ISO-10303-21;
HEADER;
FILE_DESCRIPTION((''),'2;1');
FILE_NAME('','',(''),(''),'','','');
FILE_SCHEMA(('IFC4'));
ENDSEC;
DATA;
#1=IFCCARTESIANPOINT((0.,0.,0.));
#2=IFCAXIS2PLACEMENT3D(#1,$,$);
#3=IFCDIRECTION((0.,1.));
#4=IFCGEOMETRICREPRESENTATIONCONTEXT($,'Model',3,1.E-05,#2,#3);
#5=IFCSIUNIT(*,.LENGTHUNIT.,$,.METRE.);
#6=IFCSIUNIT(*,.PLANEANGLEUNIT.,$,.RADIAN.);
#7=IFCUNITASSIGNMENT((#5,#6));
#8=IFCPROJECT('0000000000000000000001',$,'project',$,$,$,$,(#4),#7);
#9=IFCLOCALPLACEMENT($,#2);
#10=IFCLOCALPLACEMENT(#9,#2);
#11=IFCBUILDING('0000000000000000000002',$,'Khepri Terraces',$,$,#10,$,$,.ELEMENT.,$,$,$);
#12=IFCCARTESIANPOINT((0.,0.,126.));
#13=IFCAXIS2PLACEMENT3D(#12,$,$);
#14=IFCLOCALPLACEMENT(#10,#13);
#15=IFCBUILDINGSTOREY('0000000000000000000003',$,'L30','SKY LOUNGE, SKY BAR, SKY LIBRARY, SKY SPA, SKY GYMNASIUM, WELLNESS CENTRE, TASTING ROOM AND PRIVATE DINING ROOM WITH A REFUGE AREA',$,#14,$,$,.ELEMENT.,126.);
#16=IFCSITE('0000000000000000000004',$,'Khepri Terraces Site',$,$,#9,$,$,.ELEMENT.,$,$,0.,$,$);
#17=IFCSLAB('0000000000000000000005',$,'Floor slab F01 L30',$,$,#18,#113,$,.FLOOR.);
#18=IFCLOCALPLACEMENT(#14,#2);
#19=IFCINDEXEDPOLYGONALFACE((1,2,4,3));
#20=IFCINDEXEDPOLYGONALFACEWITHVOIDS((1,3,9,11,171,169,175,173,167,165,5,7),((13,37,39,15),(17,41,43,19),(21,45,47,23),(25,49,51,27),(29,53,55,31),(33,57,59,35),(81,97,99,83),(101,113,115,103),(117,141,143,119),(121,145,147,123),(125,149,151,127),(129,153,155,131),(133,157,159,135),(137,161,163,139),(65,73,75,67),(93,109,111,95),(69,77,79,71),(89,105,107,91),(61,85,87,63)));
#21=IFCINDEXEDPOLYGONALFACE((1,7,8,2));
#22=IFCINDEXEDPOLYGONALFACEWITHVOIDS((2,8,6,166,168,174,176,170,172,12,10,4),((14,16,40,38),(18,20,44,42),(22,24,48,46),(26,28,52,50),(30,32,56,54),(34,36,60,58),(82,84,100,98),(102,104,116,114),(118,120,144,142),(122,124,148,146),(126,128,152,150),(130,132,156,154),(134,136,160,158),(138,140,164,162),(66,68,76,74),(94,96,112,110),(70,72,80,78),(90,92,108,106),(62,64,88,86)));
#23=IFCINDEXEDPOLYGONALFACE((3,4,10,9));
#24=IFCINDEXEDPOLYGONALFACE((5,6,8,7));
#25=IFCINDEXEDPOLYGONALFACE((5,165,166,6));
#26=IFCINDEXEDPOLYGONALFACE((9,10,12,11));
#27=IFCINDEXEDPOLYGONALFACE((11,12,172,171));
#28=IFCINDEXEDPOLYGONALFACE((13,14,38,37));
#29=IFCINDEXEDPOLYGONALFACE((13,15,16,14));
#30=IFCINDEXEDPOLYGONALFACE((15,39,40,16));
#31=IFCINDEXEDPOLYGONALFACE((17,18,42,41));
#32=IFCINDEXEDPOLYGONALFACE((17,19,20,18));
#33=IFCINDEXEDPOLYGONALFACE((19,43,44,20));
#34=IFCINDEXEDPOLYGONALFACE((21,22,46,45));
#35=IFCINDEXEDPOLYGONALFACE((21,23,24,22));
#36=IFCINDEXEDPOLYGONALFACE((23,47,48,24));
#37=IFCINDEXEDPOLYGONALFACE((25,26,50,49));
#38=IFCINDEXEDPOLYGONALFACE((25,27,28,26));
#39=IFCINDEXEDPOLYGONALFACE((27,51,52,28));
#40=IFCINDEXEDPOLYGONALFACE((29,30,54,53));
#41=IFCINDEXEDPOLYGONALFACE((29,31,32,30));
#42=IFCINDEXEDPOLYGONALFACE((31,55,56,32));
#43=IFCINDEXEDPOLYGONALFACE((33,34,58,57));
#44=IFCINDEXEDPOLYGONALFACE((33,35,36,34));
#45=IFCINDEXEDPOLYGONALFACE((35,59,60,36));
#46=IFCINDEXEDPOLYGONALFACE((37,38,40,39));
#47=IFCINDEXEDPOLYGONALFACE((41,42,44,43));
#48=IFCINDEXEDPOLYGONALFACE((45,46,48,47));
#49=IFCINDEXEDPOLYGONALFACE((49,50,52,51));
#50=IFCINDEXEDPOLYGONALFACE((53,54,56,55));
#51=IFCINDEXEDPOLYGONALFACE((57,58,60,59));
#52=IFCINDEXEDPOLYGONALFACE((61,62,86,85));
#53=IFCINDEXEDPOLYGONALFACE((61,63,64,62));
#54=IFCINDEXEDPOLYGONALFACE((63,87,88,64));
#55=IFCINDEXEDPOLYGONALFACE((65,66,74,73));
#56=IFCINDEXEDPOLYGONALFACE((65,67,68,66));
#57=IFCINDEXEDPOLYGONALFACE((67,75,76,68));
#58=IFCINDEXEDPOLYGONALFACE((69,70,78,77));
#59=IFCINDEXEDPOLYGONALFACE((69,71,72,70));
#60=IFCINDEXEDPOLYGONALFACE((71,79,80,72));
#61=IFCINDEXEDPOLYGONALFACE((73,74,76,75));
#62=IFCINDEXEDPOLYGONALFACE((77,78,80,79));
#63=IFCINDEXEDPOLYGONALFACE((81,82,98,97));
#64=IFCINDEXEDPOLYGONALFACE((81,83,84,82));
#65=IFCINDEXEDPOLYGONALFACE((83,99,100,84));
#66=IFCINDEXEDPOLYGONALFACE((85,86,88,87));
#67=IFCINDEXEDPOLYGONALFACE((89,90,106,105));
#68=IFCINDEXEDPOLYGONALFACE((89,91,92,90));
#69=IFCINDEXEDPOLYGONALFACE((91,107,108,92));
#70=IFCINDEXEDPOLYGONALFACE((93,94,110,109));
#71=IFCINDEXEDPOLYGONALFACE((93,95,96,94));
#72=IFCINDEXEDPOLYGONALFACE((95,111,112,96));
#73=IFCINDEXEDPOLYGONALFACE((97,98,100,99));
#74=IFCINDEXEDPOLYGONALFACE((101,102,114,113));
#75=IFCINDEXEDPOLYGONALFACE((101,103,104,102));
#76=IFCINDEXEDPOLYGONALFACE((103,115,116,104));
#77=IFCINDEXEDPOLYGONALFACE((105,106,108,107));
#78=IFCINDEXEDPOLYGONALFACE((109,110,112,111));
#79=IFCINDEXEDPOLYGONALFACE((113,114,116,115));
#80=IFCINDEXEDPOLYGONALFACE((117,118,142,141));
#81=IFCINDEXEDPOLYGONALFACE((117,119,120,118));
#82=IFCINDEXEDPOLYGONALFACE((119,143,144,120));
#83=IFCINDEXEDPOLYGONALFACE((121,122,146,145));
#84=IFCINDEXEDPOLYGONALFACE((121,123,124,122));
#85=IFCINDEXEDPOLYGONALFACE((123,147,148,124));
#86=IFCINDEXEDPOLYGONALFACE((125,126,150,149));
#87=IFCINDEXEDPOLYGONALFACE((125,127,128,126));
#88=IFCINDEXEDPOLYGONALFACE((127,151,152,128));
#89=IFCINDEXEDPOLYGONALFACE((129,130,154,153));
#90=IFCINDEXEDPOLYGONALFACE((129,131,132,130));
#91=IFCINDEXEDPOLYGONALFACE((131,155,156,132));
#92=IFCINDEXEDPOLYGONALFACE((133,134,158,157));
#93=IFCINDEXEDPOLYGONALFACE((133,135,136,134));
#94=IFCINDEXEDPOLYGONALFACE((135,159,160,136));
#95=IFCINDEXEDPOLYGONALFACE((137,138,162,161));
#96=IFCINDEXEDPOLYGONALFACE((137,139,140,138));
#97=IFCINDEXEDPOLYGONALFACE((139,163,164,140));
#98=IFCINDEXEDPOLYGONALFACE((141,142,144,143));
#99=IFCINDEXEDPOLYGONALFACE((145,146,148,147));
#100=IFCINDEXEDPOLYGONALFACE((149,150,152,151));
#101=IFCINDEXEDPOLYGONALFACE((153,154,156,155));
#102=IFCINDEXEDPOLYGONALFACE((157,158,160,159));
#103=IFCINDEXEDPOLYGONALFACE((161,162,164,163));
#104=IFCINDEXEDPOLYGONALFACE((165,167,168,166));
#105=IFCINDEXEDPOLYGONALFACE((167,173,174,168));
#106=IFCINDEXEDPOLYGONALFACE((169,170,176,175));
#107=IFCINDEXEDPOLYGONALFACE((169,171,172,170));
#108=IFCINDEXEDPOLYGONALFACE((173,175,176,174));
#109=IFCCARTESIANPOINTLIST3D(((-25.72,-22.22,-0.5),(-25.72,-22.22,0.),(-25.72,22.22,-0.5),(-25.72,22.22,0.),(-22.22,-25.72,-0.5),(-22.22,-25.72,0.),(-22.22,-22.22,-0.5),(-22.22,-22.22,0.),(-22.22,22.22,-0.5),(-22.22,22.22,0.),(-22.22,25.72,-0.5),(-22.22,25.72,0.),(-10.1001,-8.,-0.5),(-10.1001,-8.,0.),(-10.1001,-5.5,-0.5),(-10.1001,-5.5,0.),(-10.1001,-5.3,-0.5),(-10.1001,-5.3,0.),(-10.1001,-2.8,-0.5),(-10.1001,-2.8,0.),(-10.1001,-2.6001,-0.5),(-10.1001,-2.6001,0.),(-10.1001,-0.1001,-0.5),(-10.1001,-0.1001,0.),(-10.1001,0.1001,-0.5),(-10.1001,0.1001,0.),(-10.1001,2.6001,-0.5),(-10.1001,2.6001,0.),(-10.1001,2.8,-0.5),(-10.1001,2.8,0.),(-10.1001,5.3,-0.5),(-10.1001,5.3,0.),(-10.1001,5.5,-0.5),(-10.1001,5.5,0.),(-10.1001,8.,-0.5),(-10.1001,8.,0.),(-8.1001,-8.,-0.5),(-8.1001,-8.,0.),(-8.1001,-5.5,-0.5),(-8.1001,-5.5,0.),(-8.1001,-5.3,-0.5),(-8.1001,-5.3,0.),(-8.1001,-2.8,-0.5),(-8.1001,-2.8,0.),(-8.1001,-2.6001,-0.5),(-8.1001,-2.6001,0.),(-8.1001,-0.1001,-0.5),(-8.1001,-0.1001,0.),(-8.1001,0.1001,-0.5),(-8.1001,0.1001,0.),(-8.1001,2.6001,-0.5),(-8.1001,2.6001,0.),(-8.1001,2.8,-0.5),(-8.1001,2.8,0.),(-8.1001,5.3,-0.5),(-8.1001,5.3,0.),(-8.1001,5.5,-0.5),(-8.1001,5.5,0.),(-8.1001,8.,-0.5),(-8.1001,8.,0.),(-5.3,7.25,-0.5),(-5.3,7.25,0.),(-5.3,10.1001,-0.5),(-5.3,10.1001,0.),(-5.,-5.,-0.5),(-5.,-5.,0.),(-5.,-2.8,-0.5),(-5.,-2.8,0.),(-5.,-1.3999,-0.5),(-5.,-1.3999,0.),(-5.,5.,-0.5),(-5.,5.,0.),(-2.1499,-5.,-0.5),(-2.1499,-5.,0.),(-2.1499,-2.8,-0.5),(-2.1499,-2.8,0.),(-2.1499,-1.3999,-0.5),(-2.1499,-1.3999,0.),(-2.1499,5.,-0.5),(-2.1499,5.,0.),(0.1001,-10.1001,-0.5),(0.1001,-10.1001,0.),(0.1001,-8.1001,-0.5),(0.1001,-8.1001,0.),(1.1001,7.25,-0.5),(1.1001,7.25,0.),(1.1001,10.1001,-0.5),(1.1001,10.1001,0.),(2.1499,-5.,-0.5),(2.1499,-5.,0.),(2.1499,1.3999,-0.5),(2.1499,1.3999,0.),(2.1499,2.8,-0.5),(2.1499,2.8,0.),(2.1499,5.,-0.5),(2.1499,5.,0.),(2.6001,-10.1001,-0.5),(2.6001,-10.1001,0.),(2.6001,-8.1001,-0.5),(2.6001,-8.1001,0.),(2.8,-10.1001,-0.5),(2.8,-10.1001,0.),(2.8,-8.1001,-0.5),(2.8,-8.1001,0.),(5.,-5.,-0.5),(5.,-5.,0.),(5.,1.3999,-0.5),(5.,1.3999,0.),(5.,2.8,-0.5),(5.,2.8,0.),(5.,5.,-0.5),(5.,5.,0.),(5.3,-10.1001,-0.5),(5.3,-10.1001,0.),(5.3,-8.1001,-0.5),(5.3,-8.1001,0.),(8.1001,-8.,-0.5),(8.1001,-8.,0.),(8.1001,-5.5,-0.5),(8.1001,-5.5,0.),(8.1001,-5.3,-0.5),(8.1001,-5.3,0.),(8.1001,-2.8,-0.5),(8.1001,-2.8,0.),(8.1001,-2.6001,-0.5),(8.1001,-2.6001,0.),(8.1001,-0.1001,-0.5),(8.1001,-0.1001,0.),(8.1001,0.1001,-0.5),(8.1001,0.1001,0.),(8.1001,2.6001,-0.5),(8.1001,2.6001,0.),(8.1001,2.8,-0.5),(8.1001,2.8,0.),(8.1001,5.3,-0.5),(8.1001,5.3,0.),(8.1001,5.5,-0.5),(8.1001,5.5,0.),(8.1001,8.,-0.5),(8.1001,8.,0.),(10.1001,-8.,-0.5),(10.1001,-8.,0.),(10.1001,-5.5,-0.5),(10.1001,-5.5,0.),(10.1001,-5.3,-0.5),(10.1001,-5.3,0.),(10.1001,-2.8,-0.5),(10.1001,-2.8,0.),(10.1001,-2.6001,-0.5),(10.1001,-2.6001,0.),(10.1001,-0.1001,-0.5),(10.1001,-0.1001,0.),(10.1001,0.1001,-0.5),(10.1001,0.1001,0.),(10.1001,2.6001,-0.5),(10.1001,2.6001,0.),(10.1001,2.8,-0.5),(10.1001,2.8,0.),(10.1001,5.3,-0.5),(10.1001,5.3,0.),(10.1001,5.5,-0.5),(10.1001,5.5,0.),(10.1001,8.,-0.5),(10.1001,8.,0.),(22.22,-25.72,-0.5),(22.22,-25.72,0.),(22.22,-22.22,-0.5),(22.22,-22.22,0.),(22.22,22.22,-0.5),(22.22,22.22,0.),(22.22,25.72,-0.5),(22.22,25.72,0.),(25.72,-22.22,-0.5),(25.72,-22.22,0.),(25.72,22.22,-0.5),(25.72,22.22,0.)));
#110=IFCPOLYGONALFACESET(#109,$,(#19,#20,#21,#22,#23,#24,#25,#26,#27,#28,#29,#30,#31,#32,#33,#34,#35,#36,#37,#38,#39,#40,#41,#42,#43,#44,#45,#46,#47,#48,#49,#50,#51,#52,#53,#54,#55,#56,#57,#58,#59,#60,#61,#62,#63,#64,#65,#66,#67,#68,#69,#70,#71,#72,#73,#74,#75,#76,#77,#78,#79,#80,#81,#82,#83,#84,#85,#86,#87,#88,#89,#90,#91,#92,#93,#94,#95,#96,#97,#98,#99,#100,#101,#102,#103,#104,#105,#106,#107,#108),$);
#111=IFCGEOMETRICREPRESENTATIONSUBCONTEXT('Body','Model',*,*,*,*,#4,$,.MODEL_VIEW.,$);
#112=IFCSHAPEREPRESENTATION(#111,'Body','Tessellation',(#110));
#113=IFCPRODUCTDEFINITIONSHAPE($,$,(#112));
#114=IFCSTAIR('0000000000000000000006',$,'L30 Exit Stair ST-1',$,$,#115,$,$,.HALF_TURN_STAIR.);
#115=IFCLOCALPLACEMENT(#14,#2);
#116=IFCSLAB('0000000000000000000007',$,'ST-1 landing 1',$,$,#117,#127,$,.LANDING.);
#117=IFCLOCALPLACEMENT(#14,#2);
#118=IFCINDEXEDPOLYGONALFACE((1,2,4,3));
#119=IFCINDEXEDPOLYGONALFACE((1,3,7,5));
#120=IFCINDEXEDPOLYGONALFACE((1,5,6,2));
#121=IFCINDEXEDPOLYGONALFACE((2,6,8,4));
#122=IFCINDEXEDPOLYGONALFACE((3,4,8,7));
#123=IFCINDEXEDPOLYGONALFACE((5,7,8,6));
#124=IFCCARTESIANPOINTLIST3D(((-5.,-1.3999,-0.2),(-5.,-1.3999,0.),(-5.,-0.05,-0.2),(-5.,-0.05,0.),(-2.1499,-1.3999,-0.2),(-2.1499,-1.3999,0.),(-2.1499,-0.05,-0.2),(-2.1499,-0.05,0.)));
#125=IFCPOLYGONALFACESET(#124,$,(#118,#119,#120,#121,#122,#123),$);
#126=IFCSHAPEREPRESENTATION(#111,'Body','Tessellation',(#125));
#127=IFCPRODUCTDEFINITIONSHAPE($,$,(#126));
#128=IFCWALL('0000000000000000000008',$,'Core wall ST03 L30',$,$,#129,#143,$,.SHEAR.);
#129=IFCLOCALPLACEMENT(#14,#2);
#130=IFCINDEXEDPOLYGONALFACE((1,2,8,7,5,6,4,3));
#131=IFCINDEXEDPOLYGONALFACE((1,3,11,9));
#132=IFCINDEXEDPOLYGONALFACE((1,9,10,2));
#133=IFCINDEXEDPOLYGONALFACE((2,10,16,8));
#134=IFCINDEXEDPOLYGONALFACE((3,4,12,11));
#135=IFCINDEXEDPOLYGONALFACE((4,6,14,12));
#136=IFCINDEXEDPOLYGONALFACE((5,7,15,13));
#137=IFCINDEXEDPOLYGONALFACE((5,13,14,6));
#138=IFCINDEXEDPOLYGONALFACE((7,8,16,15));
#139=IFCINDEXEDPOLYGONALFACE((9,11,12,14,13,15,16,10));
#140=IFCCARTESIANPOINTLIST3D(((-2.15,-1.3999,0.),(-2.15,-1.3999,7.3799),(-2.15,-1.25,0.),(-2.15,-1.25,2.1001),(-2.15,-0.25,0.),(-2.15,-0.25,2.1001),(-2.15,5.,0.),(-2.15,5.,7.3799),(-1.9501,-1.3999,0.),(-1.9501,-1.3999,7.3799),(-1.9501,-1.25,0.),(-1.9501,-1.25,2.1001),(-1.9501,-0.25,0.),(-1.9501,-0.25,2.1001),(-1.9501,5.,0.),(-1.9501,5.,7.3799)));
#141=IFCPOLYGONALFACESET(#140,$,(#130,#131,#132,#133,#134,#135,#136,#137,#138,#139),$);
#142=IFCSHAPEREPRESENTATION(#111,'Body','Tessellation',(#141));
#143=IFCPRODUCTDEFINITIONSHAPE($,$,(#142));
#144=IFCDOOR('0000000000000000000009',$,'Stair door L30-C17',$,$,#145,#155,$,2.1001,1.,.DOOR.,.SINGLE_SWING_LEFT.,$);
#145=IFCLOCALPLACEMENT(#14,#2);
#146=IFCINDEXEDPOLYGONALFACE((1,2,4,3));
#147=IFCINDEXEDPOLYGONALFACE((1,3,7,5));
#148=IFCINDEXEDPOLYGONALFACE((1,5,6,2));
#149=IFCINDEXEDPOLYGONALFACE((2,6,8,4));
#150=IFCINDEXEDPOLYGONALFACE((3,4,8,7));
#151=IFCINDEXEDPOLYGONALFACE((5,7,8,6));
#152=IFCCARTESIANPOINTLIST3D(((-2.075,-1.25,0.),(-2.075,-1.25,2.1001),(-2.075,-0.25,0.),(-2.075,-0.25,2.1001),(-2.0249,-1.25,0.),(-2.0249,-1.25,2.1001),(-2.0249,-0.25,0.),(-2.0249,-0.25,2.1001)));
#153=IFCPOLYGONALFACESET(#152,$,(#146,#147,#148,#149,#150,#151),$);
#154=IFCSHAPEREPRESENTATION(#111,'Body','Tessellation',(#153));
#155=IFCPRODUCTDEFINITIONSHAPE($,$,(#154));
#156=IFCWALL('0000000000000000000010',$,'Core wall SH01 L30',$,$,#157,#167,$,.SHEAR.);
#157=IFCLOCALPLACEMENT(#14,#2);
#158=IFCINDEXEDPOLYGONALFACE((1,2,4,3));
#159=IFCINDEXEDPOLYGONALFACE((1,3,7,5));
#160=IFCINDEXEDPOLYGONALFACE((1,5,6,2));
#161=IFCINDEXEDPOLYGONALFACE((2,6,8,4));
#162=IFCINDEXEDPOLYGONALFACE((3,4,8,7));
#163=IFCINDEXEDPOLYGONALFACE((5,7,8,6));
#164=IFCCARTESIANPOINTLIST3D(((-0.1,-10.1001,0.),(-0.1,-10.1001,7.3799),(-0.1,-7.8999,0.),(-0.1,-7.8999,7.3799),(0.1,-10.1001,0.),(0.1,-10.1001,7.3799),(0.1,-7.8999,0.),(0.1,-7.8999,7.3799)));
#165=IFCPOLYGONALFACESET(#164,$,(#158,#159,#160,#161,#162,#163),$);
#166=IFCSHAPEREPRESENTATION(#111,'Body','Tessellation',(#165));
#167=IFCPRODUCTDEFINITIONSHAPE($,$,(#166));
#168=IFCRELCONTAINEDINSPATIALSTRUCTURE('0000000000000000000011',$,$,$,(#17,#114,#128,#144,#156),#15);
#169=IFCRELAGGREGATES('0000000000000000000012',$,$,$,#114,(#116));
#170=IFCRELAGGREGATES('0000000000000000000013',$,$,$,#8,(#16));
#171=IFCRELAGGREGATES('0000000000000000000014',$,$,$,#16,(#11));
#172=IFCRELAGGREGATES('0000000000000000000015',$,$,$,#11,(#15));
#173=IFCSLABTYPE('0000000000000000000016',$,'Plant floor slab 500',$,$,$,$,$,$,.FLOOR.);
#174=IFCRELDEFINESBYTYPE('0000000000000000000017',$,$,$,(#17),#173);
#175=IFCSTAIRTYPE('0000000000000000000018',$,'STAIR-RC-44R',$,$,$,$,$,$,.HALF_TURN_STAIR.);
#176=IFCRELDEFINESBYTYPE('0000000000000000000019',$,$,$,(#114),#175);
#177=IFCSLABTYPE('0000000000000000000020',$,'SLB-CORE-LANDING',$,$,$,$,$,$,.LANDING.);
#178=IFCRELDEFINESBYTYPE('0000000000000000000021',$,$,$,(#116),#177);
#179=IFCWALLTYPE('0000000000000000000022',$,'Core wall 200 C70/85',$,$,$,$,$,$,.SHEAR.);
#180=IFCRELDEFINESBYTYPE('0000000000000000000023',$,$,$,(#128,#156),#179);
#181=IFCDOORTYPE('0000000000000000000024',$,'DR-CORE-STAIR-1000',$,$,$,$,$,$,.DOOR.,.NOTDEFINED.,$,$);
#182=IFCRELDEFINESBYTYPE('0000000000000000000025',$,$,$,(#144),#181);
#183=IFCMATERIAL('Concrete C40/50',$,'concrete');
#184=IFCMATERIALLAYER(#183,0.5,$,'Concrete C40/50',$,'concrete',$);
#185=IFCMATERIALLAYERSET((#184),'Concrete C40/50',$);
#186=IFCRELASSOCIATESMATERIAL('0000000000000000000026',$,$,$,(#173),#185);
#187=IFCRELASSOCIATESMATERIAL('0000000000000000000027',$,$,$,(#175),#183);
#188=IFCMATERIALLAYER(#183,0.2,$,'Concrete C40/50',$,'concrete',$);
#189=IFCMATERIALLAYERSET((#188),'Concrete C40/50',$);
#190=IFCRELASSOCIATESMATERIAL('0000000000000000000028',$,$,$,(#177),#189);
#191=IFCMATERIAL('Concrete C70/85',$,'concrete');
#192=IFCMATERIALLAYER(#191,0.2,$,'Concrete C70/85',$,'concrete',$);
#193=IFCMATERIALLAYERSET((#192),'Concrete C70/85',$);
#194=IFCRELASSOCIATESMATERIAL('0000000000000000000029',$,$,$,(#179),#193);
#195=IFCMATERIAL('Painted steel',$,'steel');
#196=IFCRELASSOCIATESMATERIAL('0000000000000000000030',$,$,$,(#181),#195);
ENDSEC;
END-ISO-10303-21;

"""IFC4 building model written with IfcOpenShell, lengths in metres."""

from ifc_helpers import new_model, si_unit, direction, frame, frame_2d, origin, place, context, subcontext, project, spatial, polyline, rectangle, outline, extrude, material, layer, layer_set, type_object, element, fill, aggregate, save


model = new_model("IFC4")

# Units and contexts
model_context = context("Model", 3, precision=1e-05, world=origin(), true_north=direction((0.0, 1.0)))
body_context = subcontext(model_context, "Body", "Model", "MODEL_VIEW")
ifc_project = project(units=[si_unit("LENGTHUNIT", "METRE"), si_unit("PLANEANGLEUNIT", "RADIAN")], contexts=[model_context])

# Site, building, storey
site_placement = place(None, origin())
site = spatial("IfcSite", under=ifc_project, at=site_placement, Name="Khepri Terraces Site", CompositionType="ELEMENT", RefElevation=0.0)
building_placement = place(site_placement, origin())
building = spatial("IfcBuilding", under=site, at=building_placement, Name="Khepri Terraces", CompositionType="ELEMENT")
storey_placement = place(building_placement, frame((0.0, 0.0, 126.0)))
storey = spatial("IfcBuildingStorey", under=building, at=storey_placement, Name="L30", Description="SKY LOUNGE, SKY BAR, SKY LIBRARY, SKY SPA, SKY GYMNASIUM, WELLNESS CENTRE, TASTING ROOM AND PRIVATE DINING ROOM WITH A REFUGE AREA", CompositionType="ELEMENT", Elevation=126.0)

# Slab
ifc_material_1 = material(Name="Concrete C40/50", Category="concrete")
ifc_layer_1 = layer(ifc_material_1, 0.5, Name="Concrete C40/50", Category="concrete")
ifc_layer_set_1 = layer_set([ifc_layer_1], Name="Concrete C40/50")
slab_type_1 = type_object("IfcSlabType", Name="Plant floor slab 500", PredefinedType="FLOOR", material=ifc_layer_set_1)
slab_1_placement = place(storey_placement, frame((0.0, 0.0, -0.5)))
element("IfcSlab", 1, at=slab_1_placement, inside=storey, type_object=slab_type_1, Name="Floor slab F01 L30", PredefinedType="FLOOR", context=body_context, shape_type="SweptSolid", body=[
    extrude(outline(polyline([(-22.22, 22.22), (-22.22, 25.72), (22.22, 25.72), (22.22, 22.22), (25.72, 22.22), (25.72, -22.22), (22.22, -22.22), (22.22, -25.72), (-22.22, -25.72), (-22.22, -22.22), (-25.72, -22.22), (-25.72, 22.22), (-22.22, 22.22)]), holes=[polyline([(2.1499, 2.8), (5.0, 2.8), (5.0, 5.0), (2.1499, 5.0), (2.1499, 2.8)]), polyline([(-5.0, -2.8), (-5.0, -5.0), (-2.1499, -5.0), (-2.1499, -2.8), (-5.0, -2.8)]), polyline([(-8.1001, -5.5), (-10.1001, -5.5), (-10.1001, -8.0), (-8.1001, -8.0), (-8.1001, -5.5)]), polyline([(10.1001, -8.0), (10.1001, -5.5), (8.1001, -5.5), (8.1001, -8.0), (10.1001, -8.0)]), polyline([(-10.1001, -5.3), (-8.1001, -5.3), (-8.1001, -2.8), (-10.1001, -2.8), (-10.1001, -5.3)]), polyline([(8.1001, -2.8), (8.1001, -5.3), (10.1001, -5.3), (10.1001, -2.8), (8.1001, -2.8)]), polyline([(-8.1001, -0.1001), (-10.1001, -0.1001), (-10.1001, -2.6001), (-8.1001, -2.6001), (-8.1001, -0.1001)]), polyline([(10.1001, -2.6001), (10.1001, -0.1001), (8.1001, -0.1001), (8.1001, -2.6001), (10.1001, -2.6001)]), polyline([(-10.1001, 0.1001), (-8.1001, 0.1001), (-8.1001, 2.6001), (-10.1001, 2.6001), (-10.1001, 0.1001)]), polyline([(8.1001, 2.6001), (8.1001, 0.1001), (10.1001, 0.1001), (10.1001, 2.6001), (8.1001, 2.6001)]), polyline([(-8.1001, 5.3), (-10.1001, 5.3), (-10.1001, 2.8), (-8.1001, 2.8), (-8.1001, 5.3)]), polyline([(10.1001, 2.8), (10.1001, 5.3), (8.1001, 5.3), (8.1001, 2.8), (10.1001, 2.8)]), polyline([(-10.1001, 5.5), (-8.1001, 5.5), (-8.1001, 8.0), (-10.1001, 8.0), (-10.1001, 5.5)]), polyline([(8.1001, 8.0), (8.1001, 5.5), (10.1001, 5.5), (10.1001, 8.0), (8.1001, 8.0)]), polyline([(2.6001, -8.1001), (0.1001, -8.1001), (0.1001, -10.1001), (2.6001, -10.1001), (2.6001, -8.1001)]), polyline([(5.3, -10.1001), (5.3, -8.1001), (2.8, -8.1001), (2.8, -10.1001), (5.3, -10.1001)]), polyline([(-5.0, -1.3999), (-2.1499, -1.3999), (-2.1499, 5.0), (-5.0, 5.0), (-5.0, -1.3999)]), polyline([(5.0, -5.0), (5.0, 1.3999), (2.1499, 1.3999), (2.1499, -5.0), (5.0, -5.0)]), polyline([(-5.3, 10.1001), (-5.3, 7.25), (1.1001, 7.25), (1.1001, 10.1001), (-5.3, 10.1001)])]), origin(), (0.0, 0.0, 1.0), 0.5),
])

# Stair, slab
stair_type = type_object("IfcStairType", Name="STAIR-RC-44R", PredefinedType="HALF_TURN_STAIR", material=ifc_material_1)
stair_placement = place(storey_placement, origin())
stair = element("IfcStair", 2, at=stair_placement, inside=storey, type_object=stair_type, Name="L30 Exit Stair ST-1", PredefinedType="HALF_TURN_STAIR")
ifc_layer_2 = layer(ifc_material_1, 0.2, Name="Concrete C40/50", Category="concrete")
ifc_layer_set_2 = layer_set([ifc_layer_2], Name="Concrete C40/50")
slab_type_2 = type_object("IfcSlabType", Name="SLB-CORE-LANDING", PredefinedType="LANDING", material=ifc_layer_set_2)
slab_2_placement = place(storey_placement, frame((0.0, 0.0, -0.2)))
slab_2 = element("IfcSlab", 3, at=slab_2_placement, type_object=slab_type_2, Name="ST-1 landing 1", PredefinedType="LANDING", context=body_context, shape_type="SweptSolid", body=[
    extrude(outline(polyline([(-2.1499, -1.3999), (-2.1499, -0.05), (-5.0, -0.05), (-5.0, -1.3999), (-2.1499, -1.3999)])), origin(), (0.0, 0.0, 1.0), 0.2),
])

# Wall, opening, door
ifc_material_2 = material(Name="Concrete C70/85", Category="concrete")
ifc_layer_3 = layer(ifc_material_2, 0.2, Name="Concrete C70/85", Category="concrete")
ifc_layer_set_3 = layer_set([ifc_layer_3], Name="Concrete C70/85")
wall_type = type_object("IfcWallType", Name="Core wall 200 C70/85", PredefinedType="SHEAR", material=ifc_layer_set_3)
wall_1_placement = place(storey_placement, frame((-2.05, -1.3999, 0.0), z_axis=(0.0, 0.0, 1.0), x_axis=(0.0, 1.0, 0.0)))
wall_1 = element("IfcWall", 4, at=wall_1_placement, inside=storey, type_object=wall_type, Name="Core wall ST03 L30", PredefinedType="SHEAR", context=body_context, shape_type="SweptSolid", body=[
    extrude(rectangle(XDim=6.3999, YDim=0.2, at=frame_2d((3.2, 0.0))), origin(), (0.0, 0.0, 1.0), 7.3799),
])
opening_1_placement = place(wall_1_placement, frame((0.1499, 0.0, 0.0)))
opening_1 = element("IfcOpeningElement", 5, at=opening_1_placement, cuts=wall_1, PredefinedType="OPENING", context=body_context, shape_type="SweptSolid", body=[
    extrude(rectangle(XDim=1.0, YDim=2.1001, at=frame_2d((0.5, 1.05))), frame((0.0, 0.1099, 0.0), z_axis=(0.0, -1.0, 0.0), x_axis=(1.0, 0.0, 0.0)), (0.0, 0.0, 1.0), 0.22),
])
ifc_material_3 = material(Name="Painted steel", Category="steel")
door_type_1 = type_object("IfcDoorType", Name="DR-CORE-STAIR-1000", OperationType="NOTDEFINED", PredefinedType="DOOR", material=ifc_material_3)
door_1_placement = place(opening_1_placement, origin())
door_1 = element("IfcDoor", 6, at=door_1_placement, inside=storey, type_object=door_type_1, Name="Stair door L30-C17", OperationType="SINGLE_SWING_LEFT", OverallHeight=2.1001, OverallWidth=1.0, PredefinedType="DOOR", context=body_context, shape_type="SweptSolid", body=[
    extrude(rectangle(XDim=1.0, YDim=2.1001, at=frame_2d((0.5, 1.05))), frame((0.0, 0.0249, 0.0), z_axis=(0.0, -1.0, 0.0), x_axis=(1.0, 0.0, 0.0)), (0.0, 0.0, 1.0), 0.05),
])
fill(opening_1, door_1)

# Wall
wall_2_placement = place(storey_placement, frame((0.0, -10.1001, 0.0), z_axis=(0.0, 0.0, 1.0), x_axis=(0.0, 1.0, 0.0)))
element("IfcWall", 7, at=wall_2_placement, inside=storey, type_object=wall_type, Name="Core wall SH01 L30", PredefinedType="SHEAR", context=body_context, shape_type="SweptSolid", body=[
    extrude(rectangle(XDim=2.2002, YDim=0.2, at=frame_2d((1.1001, 0.0))), origin(), (0.0, 0.0, 1.0), 7.3799),
])

aggregate(stair, [slab_2])

save(model, "model.ifc")
